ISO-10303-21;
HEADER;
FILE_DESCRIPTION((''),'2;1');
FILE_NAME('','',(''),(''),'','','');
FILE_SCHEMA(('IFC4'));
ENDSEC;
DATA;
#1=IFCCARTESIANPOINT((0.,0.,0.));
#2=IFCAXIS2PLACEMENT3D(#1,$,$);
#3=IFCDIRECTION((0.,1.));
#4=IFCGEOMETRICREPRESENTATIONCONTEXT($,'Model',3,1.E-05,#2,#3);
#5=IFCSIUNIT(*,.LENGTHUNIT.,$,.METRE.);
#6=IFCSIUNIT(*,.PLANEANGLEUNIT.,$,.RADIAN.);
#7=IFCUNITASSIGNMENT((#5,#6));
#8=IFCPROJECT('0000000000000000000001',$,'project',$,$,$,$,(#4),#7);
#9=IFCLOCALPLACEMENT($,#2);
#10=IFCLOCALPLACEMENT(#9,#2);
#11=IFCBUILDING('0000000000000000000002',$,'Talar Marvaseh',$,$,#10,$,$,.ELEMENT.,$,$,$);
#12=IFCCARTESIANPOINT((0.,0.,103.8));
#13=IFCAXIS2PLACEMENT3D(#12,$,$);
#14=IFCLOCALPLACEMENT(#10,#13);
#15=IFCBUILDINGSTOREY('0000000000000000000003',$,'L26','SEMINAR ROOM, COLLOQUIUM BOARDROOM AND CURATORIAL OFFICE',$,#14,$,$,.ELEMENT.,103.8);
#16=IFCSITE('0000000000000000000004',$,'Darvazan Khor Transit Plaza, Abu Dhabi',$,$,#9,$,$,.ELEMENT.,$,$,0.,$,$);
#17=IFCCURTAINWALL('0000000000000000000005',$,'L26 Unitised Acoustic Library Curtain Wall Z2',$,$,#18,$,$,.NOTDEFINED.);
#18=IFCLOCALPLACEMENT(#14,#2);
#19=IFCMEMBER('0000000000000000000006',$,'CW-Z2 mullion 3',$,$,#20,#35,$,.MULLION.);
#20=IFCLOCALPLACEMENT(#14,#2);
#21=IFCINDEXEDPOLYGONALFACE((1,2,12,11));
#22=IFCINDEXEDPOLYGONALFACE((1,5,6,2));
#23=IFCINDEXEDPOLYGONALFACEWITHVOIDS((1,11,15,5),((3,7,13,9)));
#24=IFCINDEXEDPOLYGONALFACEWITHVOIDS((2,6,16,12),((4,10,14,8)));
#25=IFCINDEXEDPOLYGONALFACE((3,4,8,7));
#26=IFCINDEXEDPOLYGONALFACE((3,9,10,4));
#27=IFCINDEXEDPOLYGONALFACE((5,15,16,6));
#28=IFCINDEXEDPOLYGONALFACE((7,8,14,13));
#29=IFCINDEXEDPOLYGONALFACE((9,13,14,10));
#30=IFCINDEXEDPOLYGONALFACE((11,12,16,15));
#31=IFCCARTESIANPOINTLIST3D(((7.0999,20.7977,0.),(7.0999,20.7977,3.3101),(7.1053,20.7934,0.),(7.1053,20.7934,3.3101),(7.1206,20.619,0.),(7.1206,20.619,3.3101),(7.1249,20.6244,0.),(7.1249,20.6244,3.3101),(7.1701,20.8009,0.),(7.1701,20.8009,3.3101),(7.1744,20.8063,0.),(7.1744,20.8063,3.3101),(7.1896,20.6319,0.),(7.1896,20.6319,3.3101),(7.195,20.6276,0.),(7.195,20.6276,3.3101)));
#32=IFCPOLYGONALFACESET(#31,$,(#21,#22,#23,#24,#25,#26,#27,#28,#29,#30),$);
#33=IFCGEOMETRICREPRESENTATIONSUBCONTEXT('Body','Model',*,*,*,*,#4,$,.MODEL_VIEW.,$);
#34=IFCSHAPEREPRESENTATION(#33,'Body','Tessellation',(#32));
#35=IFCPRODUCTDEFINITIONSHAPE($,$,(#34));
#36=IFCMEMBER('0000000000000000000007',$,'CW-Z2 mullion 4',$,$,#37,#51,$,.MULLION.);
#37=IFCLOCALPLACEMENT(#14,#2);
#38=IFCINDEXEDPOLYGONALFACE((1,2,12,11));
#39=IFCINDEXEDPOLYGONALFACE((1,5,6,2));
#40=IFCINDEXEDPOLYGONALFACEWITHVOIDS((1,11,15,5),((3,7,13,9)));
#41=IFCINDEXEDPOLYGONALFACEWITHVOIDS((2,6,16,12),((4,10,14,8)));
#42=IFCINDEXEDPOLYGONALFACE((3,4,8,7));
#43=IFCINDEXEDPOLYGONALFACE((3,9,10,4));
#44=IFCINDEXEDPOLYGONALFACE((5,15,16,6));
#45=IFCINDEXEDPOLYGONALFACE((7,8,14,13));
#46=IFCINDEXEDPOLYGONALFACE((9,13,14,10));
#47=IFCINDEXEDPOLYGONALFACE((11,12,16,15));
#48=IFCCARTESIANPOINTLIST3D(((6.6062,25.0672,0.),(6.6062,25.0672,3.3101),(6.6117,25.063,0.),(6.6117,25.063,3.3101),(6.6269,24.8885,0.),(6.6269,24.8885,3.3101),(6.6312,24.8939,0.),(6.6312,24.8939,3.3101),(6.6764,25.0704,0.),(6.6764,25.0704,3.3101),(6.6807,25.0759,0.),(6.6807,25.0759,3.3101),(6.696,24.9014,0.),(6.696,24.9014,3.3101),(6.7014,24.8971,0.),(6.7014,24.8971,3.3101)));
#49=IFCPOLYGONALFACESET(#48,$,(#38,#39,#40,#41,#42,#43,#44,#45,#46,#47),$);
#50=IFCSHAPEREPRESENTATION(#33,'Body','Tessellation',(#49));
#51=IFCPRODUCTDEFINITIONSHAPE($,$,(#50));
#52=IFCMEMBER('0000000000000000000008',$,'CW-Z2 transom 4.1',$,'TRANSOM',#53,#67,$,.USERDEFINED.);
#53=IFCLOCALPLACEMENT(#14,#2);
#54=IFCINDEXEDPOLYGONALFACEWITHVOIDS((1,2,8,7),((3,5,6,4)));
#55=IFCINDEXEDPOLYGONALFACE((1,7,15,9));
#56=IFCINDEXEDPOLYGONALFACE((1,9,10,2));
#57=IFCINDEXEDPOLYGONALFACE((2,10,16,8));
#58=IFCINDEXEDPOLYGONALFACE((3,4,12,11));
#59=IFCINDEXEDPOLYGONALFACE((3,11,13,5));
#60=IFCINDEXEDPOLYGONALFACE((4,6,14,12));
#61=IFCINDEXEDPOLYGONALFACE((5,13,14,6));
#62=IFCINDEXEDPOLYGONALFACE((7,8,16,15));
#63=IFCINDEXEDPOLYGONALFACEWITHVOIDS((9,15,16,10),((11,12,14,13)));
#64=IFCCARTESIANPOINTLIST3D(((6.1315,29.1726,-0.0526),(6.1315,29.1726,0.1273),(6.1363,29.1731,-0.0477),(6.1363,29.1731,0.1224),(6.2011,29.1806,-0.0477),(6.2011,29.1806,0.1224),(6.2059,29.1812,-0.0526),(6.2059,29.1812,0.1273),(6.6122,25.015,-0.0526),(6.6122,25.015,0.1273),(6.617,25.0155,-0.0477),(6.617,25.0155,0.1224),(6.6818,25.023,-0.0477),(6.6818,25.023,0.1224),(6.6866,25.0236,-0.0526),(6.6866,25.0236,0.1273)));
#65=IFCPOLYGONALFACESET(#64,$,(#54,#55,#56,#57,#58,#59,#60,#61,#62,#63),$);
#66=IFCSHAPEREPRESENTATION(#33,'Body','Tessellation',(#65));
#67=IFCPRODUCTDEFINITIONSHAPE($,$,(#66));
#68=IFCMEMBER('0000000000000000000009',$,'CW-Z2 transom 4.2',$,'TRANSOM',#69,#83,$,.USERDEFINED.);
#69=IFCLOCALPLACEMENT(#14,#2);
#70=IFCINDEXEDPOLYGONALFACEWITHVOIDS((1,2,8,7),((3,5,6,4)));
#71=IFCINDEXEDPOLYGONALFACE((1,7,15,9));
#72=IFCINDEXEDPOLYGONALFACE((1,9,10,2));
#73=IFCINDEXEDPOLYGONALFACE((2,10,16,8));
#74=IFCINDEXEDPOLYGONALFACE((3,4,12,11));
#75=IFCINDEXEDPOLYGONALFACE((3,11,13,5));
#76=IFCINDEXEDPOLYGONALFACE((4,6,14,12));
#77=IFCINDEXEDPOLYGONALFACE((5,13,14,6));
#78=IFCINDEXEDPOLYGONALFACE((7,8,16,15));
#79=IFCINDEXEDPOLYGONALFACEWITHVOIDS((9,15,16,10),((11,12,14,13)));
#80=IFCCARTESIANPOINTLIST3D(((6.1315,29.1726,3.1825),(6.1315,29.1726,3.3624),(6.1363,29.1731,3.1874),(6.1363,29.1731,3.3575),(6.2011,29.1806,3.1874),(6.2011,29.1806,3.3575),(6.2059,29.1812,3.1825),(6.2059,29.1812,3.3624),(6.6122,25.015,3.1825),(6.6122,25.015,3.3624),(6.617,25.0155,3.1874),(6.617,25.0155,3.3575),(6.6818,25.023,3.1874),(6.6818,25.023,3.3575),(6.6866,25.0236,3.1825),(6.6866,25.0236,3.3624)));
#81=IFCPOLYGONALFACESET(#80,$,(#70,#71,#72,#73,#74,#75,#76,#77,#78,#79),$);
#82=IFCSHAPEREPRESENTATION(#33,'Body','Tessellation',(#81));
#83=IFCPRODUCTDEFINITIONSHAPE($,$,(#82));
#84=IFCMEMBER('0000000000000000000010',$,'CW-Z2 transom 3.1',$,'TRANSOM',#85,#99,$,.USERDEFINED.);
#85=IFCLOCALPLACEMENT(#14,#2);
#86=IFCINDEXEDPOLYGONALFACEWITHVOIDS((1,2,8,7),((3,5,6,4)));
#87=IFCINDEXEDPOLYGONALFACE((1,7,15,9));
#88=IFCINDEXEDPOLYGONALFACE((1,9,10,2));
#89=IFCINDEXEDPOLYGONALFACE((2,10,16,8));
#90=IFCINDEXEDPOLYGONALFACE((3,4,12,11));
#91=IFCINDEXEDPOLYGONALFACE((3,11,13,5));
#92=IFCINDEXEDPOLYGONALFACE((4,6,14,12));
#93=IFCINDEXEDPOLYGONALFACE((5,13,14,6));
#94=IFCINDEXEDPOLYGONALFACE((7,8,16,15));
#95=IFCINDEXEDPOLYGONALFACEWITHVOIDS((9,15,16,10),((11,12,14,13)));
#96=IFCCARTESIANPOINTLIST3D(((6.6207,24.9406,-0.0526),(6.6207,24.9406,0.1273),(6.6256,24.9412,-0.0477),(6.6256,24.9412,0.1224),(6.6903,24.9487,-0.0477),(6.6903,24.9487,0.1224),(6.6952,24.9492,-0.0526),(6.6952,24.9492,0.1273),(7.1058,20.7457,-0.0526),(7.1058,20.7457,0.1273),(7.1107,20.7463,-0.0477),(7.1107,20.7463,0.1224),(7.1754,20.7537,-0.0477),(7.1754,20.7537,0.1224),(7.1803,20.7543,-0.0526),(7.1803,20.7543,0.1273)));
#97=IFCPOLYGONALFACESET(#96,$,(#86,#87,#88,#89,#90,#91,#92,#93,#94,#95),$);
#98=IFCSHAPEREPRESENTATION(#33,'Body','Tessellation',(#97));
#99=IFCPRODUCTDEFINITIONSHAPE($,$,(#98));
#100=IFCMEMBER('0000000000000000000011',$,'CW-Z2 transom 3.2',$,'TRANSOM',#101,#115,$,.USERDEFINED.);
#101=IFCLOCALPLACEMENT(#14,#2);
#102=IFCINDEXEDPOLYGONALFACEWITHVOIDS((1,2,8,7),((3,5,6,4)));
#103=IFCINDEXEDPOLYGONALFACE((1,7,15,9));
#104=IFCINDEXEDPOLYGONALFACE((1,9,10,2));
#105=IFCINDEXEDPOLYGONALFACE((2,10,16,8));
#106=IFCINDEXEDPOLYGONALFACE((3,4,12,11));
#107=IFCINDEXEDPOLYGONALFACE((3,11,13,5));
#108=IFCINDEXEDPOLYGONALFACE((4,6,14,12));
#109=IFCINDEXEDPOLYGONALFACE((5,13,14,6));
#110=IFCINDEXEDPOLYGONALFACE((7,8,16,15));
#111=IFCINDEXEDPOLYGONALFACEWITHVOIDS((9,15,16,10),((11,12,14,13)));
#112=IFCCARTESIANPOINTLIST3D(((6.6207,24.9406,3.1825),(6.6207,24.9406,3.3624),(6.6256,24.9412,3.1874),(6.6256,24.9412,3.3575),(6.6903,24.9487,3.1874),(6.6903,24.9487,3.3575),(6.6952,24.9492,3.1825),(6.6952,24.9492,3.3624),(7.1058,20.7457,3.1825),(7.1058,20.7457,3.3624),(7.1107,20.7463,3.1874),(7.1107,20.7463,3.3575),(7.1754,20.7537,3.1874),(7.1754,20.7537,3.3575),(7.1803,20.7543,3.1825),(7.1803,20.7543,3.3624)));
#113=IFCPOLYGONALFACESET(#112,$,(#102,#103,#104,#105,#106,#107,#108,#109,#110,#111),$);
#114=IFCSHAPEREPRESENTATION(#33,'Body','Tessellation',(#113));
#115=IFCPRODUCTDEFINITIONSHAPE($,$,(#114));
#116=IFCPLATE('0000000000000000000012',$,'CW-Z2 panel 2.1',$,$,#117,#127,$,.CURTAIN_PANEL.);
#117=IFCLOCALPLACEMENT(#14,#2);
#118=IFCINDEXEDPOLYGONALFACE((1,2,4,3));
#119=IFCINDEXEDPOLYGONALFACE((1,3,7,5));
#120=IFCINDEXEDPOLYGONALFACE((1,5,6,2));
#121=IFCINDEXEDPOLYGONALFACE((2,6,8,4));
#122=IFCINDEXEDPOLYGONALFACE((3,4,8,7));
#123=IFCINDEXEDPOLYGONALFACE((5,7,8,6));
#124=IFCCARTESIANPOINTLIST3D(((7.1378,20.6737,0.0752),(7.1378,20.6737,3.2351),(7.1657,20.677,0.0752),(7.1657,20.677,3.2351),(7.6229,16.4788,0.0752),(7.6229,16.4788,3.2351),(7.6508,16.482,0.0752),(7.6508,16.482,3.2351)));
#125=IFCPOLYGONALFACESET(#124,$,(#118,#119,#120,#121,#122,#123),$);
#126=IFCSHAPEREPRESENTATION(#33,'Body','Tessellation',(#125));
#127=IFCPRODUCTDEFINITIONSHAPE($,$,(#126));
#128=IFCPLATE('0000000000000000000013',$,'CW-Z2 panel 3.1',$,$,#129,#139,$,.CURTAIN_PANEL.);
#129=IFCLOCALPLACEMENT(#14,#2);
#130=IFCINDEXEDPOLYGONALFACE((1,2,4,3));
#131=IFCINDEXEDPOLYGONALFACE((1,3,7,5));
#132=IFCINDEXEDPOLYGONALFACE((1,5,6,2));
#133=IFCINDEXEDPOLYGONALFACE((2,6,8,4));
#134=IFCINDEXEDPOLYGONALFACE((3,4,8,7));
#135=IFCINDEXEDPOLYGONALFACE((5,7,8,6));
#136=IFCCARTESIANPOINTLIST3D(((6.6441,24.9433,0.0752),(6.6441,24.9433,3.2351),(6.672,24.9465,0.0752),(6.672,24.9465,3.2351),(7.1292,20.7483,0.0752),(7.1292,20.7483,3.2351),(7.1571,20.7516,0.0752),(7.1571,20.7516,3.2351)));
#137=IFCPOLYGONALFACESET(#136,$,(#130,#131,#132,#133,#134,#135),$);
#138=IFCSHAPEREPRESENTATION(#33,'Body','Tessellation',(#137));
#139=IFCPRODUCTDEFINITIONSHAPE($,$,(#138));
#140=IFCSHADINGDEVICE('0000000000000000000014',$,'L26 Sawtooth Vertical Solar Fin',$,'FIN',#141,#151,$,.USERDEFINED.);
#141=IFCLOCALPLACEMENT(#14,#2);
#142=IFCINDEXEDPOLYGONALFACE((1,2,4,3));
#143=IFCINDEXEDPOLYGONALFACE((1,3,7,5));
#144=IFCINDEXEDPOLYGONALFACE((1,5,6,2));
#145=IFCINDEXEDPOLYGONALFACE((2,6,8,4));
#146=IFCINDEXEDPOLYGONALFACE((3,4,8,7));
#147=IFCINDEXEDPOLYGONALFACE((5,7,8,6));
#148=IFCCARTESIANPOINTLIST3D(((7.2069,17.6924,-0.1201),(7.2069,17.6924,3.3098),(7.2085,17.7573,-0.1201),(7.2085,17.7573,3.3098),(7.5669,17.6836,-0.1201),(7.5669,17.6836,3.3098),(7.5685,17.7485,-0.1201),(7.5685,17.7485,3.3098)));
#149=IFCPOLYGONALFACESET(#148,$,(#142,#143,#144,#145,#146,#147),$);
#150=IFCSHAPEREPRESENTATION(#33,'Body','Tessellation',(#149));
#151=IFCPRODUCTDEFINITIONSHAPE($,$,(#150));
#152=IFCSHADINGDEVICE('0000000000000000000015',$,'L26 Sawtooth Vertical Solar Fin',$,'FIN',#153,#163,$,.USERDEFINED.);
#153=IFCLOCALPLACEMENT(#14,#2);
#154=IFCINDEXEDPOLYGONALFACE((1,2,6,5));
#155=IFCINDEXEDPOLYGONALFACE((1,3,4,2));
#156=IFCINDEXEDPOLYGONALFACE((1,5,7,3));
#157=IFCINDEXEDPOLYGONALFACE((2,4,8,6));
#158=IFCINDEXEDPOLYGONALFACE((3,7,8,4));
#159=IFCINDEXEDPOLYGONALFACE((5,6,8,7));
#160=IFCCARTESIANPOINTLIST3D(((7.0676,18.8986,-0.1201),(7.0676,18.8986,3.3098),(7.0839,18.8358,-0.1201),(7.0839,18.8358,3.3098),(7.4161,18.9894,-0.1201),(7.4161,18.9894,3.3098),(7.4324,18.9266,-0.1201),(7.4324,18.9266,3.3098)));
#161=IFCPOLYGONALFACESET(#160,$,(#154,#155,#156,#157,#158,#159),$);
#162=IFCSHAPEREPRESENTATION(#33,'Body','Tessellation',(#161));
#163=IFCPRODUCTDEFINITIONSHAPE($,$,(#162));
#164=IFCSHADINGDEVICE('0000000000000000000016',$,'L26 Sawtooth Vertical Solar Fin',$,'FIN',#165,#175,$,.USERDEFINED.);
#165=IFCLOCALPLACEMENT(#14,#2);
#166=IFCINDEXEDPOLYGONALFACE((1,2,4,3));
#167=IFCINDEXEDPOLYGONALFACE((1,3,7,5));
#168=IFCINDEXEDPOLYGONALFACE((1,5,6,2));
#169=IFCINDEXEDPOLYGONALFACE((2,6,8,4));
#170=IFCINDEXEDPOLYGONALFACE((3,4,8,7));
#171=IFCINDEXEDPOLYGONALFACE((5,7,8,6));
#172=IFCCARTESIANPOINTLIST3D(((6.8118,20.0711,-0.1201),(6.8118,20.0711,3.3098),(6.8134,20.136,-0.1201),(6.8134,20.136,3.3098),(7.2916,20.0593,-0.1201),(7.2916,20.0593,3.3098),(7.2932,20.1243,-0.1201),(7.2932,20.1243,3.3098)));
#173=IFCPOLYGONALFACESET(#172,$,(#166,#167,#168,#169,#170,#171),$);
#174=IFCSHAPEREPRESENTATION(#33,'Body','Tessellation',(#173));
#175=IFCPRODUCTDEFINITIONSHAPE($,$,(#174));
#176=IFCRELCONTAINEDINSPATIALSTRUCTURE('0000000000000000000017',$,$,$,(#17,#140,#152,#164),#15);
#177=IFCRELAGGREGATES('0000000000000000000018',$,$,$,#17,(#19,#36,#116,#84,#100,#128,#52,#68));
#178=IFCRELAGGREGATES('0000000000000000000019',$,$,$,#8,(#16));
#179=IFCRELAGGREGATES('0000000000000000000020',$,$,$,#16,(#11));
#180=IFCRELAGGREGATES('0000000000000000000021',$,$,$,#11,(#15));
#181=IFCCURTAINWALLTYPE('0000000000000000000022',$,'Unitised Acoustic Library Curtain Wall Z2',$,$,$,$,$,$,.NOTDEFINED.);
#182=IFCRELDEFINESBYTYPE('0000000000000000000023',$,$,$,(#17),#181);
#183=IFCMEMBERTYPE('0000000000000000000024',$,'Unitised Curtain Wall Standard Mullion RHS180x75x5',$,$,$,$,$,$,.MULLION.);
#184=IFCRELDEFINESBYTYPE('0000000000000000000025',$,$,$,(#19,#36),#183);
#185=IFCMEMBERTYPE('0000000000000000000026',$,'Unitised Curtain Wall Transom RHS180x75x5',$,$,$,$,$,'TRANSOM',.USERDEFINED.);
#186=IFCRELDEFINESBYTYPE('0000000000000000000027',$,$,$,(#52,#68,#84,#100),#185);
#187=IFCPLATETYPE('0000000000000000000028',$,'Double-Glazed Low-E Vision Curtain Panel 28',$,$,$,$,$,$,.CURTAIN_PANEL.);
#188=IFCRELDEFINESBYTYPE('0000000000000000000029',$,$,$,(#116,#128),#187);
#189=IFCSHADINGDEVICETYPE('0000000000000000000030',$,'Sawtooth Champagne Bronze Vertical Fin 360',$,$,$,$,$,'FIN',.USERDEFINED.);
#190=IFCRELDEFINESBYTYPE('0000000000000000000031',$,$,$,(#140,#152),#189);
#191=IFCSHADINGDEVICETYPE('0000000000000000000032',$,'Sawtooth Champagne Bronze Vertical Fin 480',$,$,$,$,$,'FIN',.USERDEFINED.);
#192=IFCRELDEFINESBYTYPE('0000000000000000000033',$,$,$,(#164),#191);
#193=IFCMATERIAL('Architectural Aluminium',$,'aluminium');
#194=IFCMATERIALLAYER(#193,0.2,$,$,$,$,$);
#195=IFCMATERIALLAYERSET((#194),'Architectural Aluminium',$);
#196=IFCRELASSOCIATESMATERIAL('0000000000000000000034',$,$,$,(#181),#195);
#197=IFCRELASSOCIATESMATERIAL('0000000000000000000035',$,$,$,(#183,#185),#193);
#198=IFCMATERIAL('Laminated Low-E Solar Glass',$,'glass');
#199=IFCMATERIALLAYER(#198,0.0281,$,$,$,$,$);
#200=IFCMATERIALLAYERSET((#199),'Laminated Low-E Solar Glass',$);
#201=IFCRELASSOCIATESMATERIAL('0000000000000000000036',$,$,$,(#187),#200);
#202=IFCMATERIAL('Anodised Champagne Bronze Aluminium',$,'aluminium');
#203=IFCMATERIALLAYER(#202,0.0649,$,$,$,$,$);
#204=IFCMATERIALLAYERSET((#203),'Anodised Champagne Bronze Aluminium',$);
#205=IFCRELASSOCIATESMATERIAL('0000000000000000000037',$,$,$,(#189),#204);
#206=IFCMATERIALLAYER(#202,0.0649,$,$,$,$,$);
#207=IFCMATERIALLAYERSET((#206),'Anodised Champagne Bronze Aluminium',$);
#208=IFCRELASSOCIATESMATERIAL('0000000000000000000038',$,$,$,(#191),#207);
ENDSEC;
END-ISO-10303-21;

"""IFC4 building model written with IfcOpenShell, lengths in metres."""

from ifc_helpers import new_model, si_unit, direction, frame, origin, origin_2d, place, context, subcontext, project, spatial, rectangle, hollow_rectangle, extrude, source, transform, mapped, material, layer, layer_set, material_profile, profile_set, type_object, type_shapes, element, aggregate, save


model = new_model("IFC4")

# Units and contexts
model_context = context("Model", 3, precision=1e-05, world=origin(), true_north=direction((0.0, 1.0)))
body_context = subcontext(model_context, "Body", "Model", "MODEL_VIEW")
ifc_project = project(units=[si_unit("LENGTHUNIT", "METRE"), si_unit("PLANEANGLEUNIT", "RADIAN")], contexts=[model_context])

# Site, building, storey
site_placement = place(None, origin())
site = spatial("IfcSite", under=ifc_project, at=site_placement, Name="Darvazan Khor Transit Plaza, Abu Dhabi", CompositionType="ELEMENT", RefElevation=0.0)
building_placement = place(site_placement, origin())
building = spatial("IfcBuilding", under=site, at=building_placement, Name="Talar Marvaseh", CompositionType="ELEMENT")
storey_placement = place(building_placement, frame((0.0, 0.0, 103.8)))
storey = spatial("IfcBuildingStorey", under=building, at=storey_placement, Name="L26", Description="SEMINAR ROOM, COLLOQUIUM BOARDROOM AND CURATORIAL OFFICE", CompositionType="ELEMENT", Elevation=103.8)

# Curtain wall, members, plates
ifc_material_1 = material(Name="Architectural Aluminium", Category="aluminium")
ifc_layer_1 = layer(ifc_material_1, 0.2)
ifc_layer_set_1 = layer_set([ifc_layer_1], Name="Architectural Aluminium")
curtain_wall_type = type_object("IfcCurtainWallType", Name="Unitised Acoustic Library Curtain Wall Z2", PredefinedType="NOTDEFINED", material=ifc_layer_set_1)
curtain_wall_placement = place(storey_placement, origin())
curtain_wall = element("IfcCurtainWall", 1, at=curtain_wall_placement, inside=storey, type_object=curtain_wall_type, Name="L26 Unitised Acoustic Library Curtain Wall Z2", PredefinedType="NOTDEFINED")
ifc_material_profile_1 = material_profile(ifc_material_1, hollow_rectangle(XDim=0.075, YDim=0.1799, WallThickness=0.0049, at=origin_2d()), Name="RHS180x75x5")
ifc_profile_set_1 = profile_set([ifc_material_profile_1], Name="Architectural Aluminium")
member_type_1 = type_object("IfcMemberType", Name="Unitised Curtain Wall Standard Mullion RHS180x75x5", PredefinedType="MULLION", material=ifc_profile_set_1)
shared_shape_1 = source(origin(), body_context, "Body", "SweptSolid", [
    extrude(hollow_rectangle(XDim=0.075, YDim=0.1799, WallThickness=0.0049, at=origin_2d()), origin(), (0.0, 0.0, 1.0), 3.3101),
])
type_shapes(member_type_1, [shared_shape_1])
member_1_placement = place(storey_placement, frame((7.1475, 20.7126, 0.0), z_axis=(0.0, 0.0, 1.0), x_axis=(-0.993381, -0.11487, 0.0)))
member_1 = element("IfcMember", 2, at=member_1_placement, type_object=member_type_1, Name="CW-Z2 mullion 3", PredefinedType="MULLION", context=body_context, shape_type="MappedRepresentation", body=[
    mapped(shared_shape_1, transform((0.0, 0.0, 0.0), x_axis=(1.0, 0.0, 0.0), y_axis=(0.0, 1.0, 0.0), z_axis=(0.0, 0.0, 1.0), scale=1.0)),
])
member_2_placement = place(storey_placement, frame((6.6538, 24.9822, 0.0), z_axis=(0.0, 0.0, 1.0), x_axis=(-0.993381, -0.11487, 0.0)))
member_2 = element("IfcMember", 3, at=member_2_placement, type_object=member_type_1, Name="CW-Z2 mullion 4", PredefinedType="MULLION", context=body_context, shape_type="MappedRepresentation", body=[
    mapped(shared_shape_1, transform((0.0, 0.0, 0.0), x_axis=(1.0, 0.0, 0.0), y_axis=(0.0, 1.0, 0.0), z_axis=(0.0, 0.0, 1.0), scale=1.0)),
])
ifc_material_profile_2 = material_profile(ifc_material_1, hollow_rectangle(XDim=0.075, YDim=0.1799, WallThickness=0.0049, at=origin_2d()), Name="RHS180x75x5")
ifc_profile_set_2 = profile_set([ifc_material_profile_2], Name="Architectural Aluminium")
member_type_2 = type_object("IfcMemberType", Name="Unitised Curtain Wall Transom RHS180x75x5", ElementType="TRANSOM", PredefinedType="USERDEFINED", material=ifc_profile_set_2)
shared_shape_2 = source(origin(), body_context, "Body", "SweptSolid", [
    extrude(hollow_rectangle(XDim=0.075, YDim=0.1799, WallThickness=0.0049, at=origin_2d()), origin(), (0.0, 0.0, 1.0), 4.1853),
])
member_3_placement = place(storey_placement, frame((6.6494, 25.0193, 0.0374), z_axis=(-0.114854, 0.993382, 0.0), x_axis=(-0.993382, -0.114854, 0.0)))
member_3 = element("IfcMember", 4, at=member_3_placement, type_object=member_type_2, Name="CW-Z2 transom 4.1", ObjectType="TRANSOM", PredefinedType="USERDEFINED", context=body_context, shape_type="MappedRepresentation", body=[
    mapped(shared_shape_2, transform((0.0, 0.0, 0.0), x_axis=(1.0, 0.0, 0.0), y_axis=(0.0, 1.0, 0.0), z_axis=(0.0, 0.0, 1.0), scale=1.0)),
])
member_4_placement = place(storey_placement, frame((6.6494, 25.0193, 3.2725), z_axis=(-0.114854, 0.993382, 0.0), x_axis=(-0.993382, -0.114854, 0.0)))
member_4 = element("IfcMember", 5, at=member_4_placement, type_object=member_type_2, Name="CW-Z2 transom 4.2", ObjectType="TRANSOM", PredefinedType="USERDEFINED", context=body_context, shape_type="MappedRepresentation", body=[
    mapped(shared_shape_2, transform((0.0, 0.0, 0.0), x_axis=(1.0, 0.0, 0.0), y_axis=(0.0, 1.0, 0.0), z_axis=(0.0, 0.0, 1.0), scale=1.0)),
])
shared_shape_3 = source(origin(), body_context, "Body", "SweptSolid", [
    extrude(hollow_rectangle(XDim=0.075, YDim=0.1799, WallThickness=0.0049, at=origin_2d()), origin(), (0.0, 0.0, 1.0), 4.2229),
])
type_shapes(member_type_2, [shared_shape_2, shared_shape_3])
member_5_placement = place(storey_placement, frame((7.1431, 20.75, 0.0374), z_axis=(-0.114879, 0.99338, 0.0), x_axis=(-0.99338, -0.114879, 0.0)))
member_5 = element("IfcMember", 6, at=member_5_placement, type_object=member_type_2, Name="CW-Z2 transom 3.1", ObjectType="TRANSOM", PredefinedType="USERDEFINED", context=body_context, shape_type="MappedRepresentation", body=[
    mapped(shared_shape_3, transform((0.0, 0.0, 0.0), x_axis=(1.0, 0.0, 0.0), y_axis=(0.0, 1.0, 0.0), z_axis=(0.0, 0.0, 1.0), scale=1.0)),
])
member_6_placement = place(storey_placement, frame((7.1431, 20.75, 3.2725), z_axis=(-0.114879, 0.99338, 0.0), x_axis=(-0.99338, -0.114879, 0.0)))
member_6 = element("IfcMember", 7, at=member_6_placement, type_object=member_type_2, Name="CW-Z2 transom 3.2", ObjectType="TRANSOM", PredefinedType="USERDEFINED", context=body_context, shape_type="MappedRepresentation", body=[
    mapped(shared_shape_3, transform((0.0, 0.0, 0.0), x_axis=(1.0, 0.0, 0.0), y_axis=(0.0, 1.0, 0.0), z_axis=(0.0, 0.0, 1.0), scale=1.0)),
])
ifc_material_2 = material(Name="Laminated Low-E Solar Glass", Category="glass")
ifc_layer_2 = layer(ifc_material_2, 0.0281)
ifc_layer_set_2 = layer_set([ifc_layer_2], Name="Laminated Low-E Solar Glass")
plate_type = type_object("IfcPlateType", Name="Double-Glazed Low-E Vision Curtain Panel 28", PredefinedType="CURTAIN_PANEL", material=ifc_layer_set_2)
shared_shape_4 = source(origin(), body_context, "Body", "SweptSolid", [
    extrude(rectangle(XDim=4.2229, YDim=0.0281, at=origin_2d()), origin(), (0.0, 0.0, 1.0), 3.1599),
])
type_shapes(plate_type, [shared_shape_4])
plate_1_placement = place(storey_placement, frame((7.3943, 18.5779, 0.0752), z_axis=(0.0, 0.0, 1.0), x_axis=(-0.11487, 0.993381, 0.0)))
plate_1 = element("IfcPlate", 8, at=plate_1_placement, type_object=plate_type, Name="CW-Z2 panel 2.1", PredefinedType="CURTAIN_PANEL", context=body_context, shape_type="MappedRepresentation", body=[
    mapped(shared_shape_4, transform((0.0, 0.0, 0.0), x_axis=(1.0, 0.0, 0.0), y_axis=(0.0, 1.0, 0.0), z_axis=(0.0, 0.0, 1.0), scale=1.0)),
])
plate_2_placement = place(storey_placement, frame((6.9006, 22.8474, 0.0752), z_axis=(0.0, 0.0, 1.0), x_axis=(-0.11487, 0.993381, 0.0)))
plate_2 = element("IfcPlate", 9, at=plate_2_placement, type_object=plate_type, Name="CW-Z2 panel 3.1", PredefinedType="CURTAIN_PANEL", context=body_context, shape_type="MappedRepresentation", body=[
    mapped(shared_shape_4, transform((0.0, 0.0, 0.0), x_axis=(1.0, 0.0, 0.0), y_axis=(0.0, 1.0, 0.0), z_axis=(0.0, 0.0, 1.0), scale=1.0)),
])
aggregate(curtain_wall, [member_1, member_2, plate_1, member_5, member_6, plate_2, member_3, member_4])

# Shading devices
ifc_material_3 = material(Name="Anodised Champagne Bronze Aluminium", Category="aluminium")
ifc_layer_3 = layer(ifc_material_3, 0.0649)
ifc_layer_set_3 = layer_set([ifc_layer_3], Name="Anodised Champagne Bronze Aluminium")
shading_device_type_1 = type_object("IfcShadingDeviceType", Name="Sawtooth Champagne Bronze Vertical Fin 360", ElementType="FIN", PredefinedType="USERDEFINED", material=ifc_layer_set_3)
shared_shape_5 = source(origin(), body_context, "Body", "SweptSolid", [
    extrude(rectangle(XDim=0.3601, YDim=0.0649, at=origin_2d()), origin(), (0.0, 0.0, 1.0), 3.4299),
])
type_shapes(shading_device_type_1, [shared_shape_5])
for number, where, z_axis, x_axis, name in (
    (10, (7.3877, 17.7205, -0.1201), (0.0, 0.0, 1.0), (-0.999701, 0.024432, 0.0), "L26 Sawtooth Vertical Solar Fin"),
    (11, (7.25, 18.9126, -0.1201), (0.0, 0.0, 1.0), (-0.967709, -0.252069, 0.0), "L26 Sawtooth Vertical Solar Fin"),
):
    element("IfcShadingDevice", number, at=place(storey_placement, frame(where, z_axis=z_axis, x_axis=x_axis)), inside=storey, type_object=shading_device_type_1, Name=name, ObjectType="FIN", PredefinedType="USERDEFINED", context=body_context, shape_type="MappedRepresentation", body=[
        mapped(shared_shape_5, transform((0.0, 0.0, 0.0), x_axis=(1.0, 0.0, 0.0), y_axis=(0.0, 1.0, 0.0), z_axis=(0.0, 0.0, 1.0), scale=1.0)),
    ])
ifc_layer_4 = layer(ifc_material_3, 0.0649)
ifc_layer_set_4 = layer_set([ifc_layer_4], Name="Anodised Champagne Bronze Aluminium")
shading_device_type_2 = type_object("IfcShadingDeviceType", Name="Sawtooth Champagne Bronze Vertical Fin 480", ElementType="FIN", PredefinedType="USERDEFINED", material=ifc_layer_set_4)
shared_shape_6 = source(origin(), body_context, "Body", "SweptSolid", [
    extrude(rectangle(XDim=0.48, YDim=0.0649, at=origin_2d()), origin(), (0.0, 0.0, 1.0), 3.4299),
])
type_shapes(shading_device_type_2, [shared_shape_6])
for number, where, z_axis, x_axis, name in (
    (12, (7.0525, 20.0977, -0.1201), (0.0, 0.0, 1.0), (-0.999701, 0.024432, 0.0), "L26 Sawtooth Vertical Solar Fin"),
):
    element("IfcShadingDevice", number, at=place(storey_placement, frame(where, z_axis=z_axis, x_axis=x_axis)), inside=storey, type_object=shading_device_type_2, Name=name, ObjectType="FIN", PredefinedType="USERDEFINED", context=body_context, shape_type="MappedRepresentation", body=[
        mapped(shared_shape_6, transform((0.0, 0.0, 0.0), x_axis=(1.0, 0.0, 0.0), y_axis=(0.0, 1.0, 0.0), z_axis=(0.0, 0.0, 1.0), scale=1.0)),
    ])

save(model, "model.ifc")
